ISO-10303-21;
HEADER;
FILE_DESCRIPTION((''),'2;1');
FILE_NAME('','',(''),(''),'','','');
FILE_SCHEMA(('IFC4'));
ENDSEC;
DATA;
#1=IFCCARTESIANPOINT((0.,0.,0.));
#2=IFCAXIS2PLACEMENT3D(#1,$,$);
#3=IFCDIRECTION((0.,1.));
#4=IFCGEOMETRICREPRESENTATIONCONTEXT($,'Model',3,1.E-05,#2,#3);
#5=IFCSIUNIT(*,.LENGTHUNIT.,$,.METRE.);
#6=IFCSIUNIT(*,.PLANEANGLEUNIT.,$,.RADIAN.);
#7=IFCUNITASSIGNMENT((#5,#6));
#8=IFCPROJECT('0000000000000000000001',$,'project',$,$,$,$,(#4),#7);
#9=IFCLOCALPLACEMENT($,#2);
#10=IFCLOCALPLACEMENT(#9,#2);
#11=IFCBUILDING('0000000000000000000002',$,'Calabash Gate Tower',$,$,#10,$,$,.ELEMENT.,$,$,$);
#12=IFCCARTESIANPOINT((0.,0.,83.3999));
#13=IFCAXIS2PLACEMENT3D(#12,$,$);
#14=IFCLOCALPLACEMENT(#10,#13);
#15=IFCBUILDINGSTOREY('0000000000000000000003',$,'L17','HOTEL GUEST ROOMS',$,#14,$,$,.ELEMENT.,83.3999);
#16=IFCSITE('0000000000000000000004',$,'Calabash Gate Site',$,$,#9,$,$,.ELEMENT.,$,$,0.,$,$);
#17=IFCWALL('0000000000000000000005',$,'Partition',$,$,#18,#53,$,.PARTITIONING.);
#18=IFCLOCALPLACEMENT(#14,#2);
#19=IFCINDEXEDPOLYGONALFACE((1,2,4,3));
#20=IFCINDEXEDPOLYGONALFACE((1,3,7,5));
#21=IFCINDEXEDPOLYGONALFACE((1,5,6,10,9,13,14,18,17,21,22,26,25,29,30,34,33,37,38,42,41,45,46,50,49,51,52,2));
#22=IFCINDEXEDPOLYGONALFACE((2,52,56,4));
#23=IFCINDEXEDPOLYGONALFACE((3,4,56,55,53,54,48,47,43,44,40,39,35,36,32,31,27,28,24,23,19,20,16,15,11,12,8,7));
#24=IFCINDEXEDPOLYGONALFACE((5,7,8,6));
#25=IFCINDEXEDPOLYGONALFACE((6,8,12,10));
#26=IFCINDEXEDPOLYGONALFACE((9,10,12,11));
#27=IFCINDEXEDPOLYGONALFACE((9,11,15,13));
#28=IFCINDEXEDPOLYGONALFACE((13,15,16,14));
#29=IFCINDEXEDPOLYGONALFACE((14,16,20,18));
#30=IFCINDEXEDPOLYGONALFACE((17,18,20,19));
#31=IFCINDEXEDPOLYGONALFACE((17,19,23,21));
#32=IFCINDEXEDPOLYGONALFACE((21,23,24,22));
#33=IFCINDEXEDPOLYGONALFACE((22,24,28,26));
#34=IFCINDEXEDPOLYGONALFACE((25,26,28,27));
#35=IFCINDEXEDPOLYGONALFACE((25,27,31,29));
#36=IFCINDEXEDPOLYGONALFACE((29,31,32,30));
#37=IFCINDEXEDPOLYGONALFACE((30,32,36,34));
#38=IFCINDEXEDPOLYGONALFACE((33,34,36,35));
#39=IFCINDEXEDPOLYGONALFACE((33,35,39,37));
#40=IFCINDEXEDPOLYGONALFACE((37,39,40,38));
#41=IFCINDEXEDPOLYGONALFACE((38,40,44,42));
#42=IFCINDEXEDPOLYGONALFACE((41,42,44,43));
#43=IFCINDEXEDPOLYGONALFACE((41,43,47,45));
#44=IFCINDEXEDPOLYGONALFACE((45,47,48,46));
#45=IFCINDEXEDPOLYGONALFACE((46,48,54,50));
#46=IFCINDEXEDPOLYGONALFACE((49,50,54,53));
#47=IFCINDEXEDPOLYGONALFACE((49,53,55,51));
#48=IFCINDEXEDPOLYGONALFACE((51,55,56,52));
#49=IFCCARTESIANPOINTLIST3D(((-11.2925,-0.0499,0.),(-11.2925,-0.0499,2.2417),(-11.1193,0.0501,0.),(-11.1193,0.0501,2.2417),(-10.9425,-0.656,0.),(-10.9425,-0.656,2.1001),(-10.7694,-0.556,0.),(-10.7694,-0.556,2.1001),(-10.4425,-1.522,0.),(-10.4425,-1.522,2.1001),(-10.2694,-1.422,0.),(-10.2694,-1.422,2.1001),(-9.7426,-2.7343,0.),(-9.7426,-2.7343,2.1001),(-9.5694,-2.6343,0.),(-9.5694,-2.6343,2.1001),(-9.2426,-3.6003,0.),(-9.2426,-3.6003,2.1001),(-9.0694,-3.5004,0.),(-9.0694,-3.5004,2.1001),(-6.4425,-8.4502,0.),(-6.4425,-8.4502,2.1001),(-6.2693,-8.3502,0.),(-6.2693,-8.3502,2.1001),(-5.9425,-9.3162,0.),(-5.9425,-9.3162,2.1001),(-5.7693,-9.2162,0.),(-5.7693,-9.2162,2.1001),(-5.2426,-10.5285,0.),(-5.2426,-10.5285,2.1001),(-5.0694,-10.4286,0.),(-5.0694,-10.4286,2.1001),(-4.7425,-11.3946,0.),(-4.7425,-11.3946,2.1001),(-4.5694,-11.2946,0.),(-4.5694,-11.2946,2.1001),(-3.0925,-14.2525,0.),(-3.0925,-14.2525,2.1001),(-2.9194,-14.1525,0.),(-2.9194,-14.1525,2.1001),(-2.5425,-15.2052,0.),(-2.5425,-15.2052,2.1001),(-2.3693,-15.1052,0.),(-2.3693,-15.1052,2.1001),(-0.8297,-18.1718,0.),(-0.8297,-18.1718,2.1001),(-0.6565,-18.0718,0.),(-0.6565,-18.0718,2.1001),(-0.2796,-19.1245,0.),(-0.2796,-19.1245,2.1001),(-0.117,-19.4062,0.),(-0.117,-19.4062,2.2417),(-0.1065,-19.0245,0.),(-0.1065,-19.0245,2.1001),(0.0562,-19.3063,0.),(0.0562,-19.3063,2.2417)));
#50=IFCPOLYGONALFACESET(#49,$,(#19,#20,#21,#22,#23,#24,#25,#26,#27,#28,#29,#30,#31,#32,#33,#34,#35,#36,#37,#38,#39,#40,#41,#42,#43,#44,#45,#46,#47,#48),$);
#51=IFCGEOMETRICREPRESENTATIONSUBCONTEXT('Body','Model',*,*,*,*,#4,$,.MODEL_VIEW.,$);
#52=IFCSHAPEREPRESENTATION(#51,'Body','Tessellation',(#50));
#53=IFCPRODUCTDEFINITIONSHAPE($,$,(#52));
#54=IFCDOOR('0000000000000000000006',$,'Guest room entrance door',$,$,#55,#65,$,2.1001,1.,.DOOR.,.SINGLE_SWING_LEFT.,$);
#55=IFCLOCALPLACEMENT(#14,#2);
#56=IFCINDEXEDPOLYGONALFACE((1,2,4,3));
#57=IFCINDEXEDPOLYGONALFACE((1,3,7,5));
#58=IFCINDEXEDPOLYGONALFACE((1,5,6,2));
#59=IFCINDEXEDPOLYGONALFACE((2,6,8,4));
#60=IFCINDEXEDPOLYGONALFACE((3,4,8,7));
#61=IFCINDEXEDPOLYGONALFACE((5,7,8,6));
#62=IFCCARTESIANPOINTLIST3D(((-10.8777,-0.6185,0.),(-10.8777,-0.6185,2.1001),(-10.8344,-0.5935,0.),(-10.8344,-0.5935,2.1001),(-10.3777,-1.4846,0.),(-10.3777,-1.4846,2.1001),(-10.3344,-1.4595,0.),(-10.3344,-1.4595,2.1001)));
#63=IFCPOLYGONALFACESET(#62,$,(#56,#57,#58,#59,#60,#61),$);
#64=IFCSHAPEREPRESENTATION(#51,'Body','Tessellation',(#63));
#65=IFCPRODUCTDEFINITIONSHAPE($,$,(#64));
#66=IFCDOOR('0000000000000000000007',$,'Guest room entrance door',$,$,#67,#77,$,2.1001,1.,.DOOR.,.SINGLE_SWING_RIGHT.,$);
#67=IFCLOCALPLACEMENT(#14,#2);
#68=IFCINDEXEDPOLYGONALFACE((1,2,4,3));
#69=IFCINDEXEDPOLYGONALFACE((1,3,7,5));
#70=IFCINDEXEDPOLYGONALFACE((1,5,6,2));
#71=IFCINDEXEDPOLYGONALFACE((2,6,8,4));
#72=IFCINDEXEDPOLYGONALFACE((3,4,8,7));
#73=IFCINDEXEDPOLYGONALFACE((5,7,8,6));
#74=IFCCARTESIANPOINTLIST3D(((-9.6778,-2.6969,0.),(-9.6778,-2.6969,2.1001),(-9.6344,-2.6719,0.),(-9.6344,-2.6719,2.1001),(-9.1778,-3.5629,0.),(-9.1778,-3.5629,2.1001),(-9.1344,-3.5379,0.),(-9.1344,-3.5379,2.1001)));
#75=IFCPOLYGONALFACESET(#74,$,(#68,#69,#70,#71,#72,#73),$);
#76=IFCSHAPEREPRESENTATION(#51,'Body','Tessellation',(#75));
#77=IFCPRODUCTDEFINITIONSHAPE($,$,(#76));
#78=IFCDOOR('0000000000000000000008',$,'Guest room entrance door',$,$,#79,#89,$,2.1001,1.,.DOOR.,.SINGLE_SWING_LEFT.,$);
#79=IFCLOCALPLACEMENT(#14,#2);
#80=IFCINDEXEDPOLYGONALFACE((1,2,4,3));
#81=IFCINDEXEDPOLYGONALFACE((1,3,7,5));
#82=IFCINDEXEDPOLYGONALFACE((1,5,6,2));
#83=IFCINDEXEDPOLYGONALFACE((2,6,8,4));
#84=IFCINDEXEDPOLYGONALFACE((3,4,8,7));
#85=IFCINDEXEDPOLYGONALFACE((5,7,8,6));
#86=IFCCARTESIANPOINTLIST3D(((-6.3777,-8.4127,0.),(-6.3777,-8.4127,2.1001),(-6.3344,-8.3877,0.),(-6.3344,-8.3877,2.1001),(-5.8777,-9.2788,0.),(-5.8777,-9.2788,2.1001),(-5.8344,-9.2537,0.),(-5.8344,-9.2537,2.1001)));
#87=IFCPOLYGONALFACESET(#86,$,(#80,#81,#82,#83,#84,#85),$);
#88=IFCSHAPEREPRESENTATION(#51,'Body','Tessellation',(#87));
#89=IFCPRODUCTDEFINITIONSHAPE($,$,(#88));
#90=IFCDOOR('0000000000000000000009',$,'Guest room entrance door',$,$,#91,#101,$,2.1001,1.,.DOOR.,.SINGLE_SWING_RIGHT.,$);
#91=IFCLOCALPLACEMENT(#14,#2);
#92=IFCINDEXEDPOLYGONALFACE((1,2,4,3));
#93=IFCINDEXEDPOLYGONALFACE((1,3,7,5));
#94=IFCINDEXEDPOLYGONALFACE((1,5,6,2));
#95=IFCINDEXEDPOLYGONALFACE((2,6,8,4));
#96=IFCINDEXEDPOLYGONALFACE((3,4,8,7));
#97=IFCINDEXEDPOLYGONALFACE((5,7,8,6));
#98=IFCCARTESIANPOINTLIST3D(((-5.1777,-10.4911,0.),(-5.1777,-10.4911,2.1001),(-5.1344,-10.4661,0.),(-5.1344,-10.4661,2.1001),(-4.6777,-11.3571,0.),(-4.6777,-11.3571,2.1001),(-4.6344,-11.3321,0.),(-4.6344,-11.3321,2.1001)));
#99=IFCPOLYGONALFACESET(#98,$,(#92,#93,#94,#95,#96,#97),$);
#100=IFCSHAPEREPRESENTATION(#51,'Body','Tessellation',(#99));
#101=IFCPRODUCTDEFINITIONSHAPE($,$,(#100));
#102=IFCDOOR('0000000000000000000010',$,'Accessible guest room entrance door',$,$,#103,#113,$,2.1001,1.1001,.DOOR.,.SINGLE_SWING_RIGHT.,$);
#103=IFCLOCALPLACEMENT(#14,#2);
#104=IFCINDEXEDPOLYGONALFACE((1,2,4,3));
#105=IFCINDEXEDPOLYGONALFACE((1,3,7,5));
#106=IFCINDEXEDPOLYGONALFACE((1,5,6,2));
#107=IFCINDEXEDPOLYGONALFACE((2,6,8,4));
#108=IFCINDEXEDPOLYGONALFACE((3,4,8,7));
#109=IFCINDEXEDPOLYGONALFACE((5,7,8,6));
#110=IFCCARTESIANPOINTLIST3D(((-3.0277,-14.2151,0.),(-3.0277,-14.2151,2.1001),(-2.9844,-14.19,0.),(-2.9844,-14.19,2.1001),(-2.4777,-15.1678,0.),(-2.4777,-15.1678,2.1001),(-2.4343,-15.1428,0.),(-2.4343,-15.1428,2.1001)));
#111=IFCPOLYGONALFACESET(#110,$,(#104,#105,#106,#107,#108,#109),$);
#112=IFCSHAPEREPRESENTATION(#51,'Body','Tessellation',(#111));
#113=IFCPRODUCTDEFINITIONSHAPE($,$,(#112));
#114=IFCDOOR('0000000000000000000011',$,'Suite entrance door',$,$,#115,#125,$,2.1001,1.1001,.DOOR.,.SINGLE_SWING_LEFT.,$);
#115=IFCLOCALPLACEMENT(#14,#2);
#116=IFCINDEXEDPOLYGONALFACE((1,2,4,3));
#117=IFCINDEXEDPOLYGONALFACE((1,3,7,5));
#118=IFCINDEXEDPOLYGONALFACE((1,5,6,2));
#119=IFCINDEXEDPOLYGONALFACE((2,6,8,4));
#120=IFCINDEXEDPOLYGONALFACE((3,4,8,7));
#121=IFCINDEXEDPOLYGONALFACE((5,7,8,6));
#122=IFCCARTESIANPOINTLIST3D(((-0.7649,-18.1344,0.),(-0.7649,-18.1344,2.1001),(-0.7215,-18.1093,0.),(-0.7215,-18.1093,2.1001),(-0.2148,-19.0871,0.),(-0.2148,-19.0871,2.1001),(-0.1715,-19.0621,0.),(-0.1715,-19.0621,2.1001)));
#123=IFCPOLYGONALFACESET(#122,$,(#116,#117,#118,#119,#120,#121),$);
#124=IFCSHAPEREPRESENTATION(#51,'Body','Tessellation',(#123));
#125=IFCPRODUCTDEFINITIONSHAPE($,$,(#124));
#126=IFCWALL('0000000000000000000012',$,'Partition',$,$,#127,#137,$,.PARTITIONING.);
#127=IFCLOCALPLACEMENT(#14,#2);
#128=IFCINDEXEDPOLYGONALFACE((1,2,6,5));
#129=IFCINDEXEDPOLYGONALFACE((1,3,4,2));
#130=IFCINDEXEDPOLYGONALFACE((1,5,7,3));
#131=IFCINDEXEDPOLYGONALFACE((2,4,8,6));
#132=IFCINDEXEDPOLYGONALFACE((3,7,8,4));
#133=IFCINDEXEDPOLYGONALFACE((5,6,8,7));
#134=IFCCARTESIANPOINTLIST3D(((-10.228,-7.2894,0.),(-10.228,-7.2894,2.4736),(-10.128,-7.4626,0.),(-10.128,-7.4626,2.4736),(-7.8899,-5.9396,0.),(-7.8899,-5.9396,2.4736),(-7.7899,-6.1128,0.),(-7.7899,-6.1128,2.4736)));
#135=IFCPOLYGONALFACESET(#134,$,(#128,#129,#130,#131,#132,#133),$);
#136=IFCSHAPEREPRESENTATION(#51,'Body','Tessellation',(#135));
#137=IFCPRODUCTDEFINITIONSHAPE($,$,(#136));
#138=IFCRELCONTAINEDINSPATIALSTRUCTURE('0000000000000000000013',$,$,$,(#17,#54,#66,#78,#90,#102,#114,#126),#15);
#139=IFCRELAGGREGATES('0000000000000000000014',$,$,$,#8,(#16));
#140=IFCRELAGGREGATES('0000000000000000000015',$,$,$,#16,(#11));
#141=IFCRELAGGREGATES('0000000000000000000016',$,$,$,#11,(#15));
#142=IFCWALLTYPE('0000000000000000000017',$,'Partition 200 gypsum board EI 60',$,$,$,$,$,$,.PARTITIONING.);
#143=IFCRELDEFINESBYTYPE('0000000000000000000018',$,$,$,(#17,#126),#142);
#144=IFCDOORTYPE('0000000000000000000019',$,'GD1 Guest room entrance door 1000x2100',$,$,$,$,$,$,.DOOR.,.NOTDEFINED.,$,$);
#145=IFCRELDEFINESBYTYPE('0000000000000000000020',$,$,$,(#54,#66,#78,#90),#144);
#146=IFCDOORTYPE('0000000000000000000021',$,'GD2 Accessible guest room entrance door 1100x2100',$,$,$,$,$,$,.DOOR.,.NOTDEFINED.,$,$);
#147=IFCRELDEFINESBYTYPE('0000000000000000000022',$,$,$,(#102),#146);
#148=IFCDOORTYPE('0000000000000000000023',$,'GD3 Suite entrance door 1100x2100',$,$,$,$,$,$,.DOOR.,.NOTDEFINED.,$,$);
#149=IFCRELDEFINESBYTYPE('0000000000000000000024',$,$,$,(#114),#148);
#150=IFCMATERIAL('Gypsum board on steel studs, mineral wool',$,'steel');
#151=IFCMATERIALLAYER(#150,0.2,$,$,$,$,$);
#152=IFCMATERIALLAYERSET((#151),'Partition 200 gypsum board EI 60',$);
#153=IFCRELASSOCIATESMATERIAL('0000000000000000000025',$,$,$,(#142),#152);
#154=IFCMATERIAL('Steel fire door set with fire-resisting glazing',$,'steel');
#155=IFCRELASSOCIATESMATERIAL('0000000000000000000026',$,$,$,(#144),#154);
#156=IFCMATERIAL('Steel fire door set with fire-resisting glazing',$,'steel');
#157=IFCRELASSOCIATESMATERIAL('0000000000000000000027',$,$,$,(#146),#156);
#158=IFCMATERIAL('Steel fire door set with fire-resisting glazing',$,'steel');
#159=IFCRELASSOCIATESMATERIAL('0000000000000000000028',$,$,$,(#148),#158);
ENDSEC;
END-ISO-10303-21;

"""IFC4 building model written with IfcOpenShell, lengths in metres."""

from ifc_helpers import new_model, si_unit, direction, frame, frame_2d, origin, place, context, subcontext, project, spatial, rectangle, extrude, material, layer, layer_set, type_object, element, fill, save


model = new_model("IFC4")

# Units and contexts
model_context = context("Model", 3, precision=1e-05, world=origin(), true_north=direction((0.0, 1.0)))
body_context = subcontext(model_context, "Body", "Model", "MODEL_VIEW")
ifc_project = project(units=[si_unit("LENGTHUNIT", "METRE"), si_unit("PLANEANGLEUNIT", "RADIAN")], contexts=[model_context])

# Site, building, storey
site_placement = place(None, origin())
site = spatial("IfcSite", under=ifc_project, at=site_placement, Name="Calabash Gate Site", CompositionType="ELEMENT", RefElevation=0.0)
building_placement = place(site_placement, origin())
building = spatial("IfcBuilding", under=site, at=building_placement, Name="Calabash Gate Tower", CompositionType="ELEMENT")
storey_placement = place(building_placement, frame((0.0, 0.0, 83.3999)))
storey = spatial("IfcBuildingStorey", under=building, at=storey_placement, Name="L17", Description="HOTEL GUEST ROOMS", CompositionType="ELEMENT", Elevation=83.3999)

# Wall, openings, doors
ifc_material_1 = material(Name="Gypsum board on steel studs, mineral wool", Category="steel")
ifc_layer_1 = layer(ifc_material_1, 0.2)
ifc_layer_set_1 = layer_set([ifc_layer_1], Name="Partition 200 gypsum board EI 60")
wall_type_1 = type_object("IfcWallType", Name="Partition 200 gypsum board EI 60", PredefinedType="PARTITIONING", material=ifc_layer_set_1)
wall_1_placement = place(storey_placement, frame((-11.2058, 0.0, 0.0), z_axis=(0.0, 0.0, 1.0), x_axis=(0.500003, -0.866024, 0.0)))
wall_1 = element("IfcWall", 1, at=wall_1_placement, inside=storey, type_object=wall_type_1, Name="Partition", PredefinedType="PARTITIONING", context=body_context, shape_type="SweptSolid", body=[
    extrude(rectangle(XDim=22.3508, YDim=0.2, at=frame_2d((11.1753, 0.0))), origin(), (0.0, 0.0, 1.0), 2.2417),
])
opening_1_placement = place(wall_1_placement, frame((0.6997, 0.0, 0.0)))
opening_1 = element("IfcOpeningElement", 2, at=opening_1_placement, cuts=wall_1, PredefinedType="OPENING", context=body_context, shape_type="SweptSolid", body=[
    extrude(rectangle(XDim=1.0, YDim=2.1001, at=frame_2d((0.5, 1.05))), frame((0.0, 0.1099, 0.0), z_axis=(0.0, -1.0, 0.0), x_axis=(1.0, 0.0, 0.0)), (0.0, 0.0, 1.0), 0.22),
])
opening_2_placement = place(wall_1_placement, frame((3.0996, 0.0, 0.0)))
opening_2 = element("IfcOpeningElement", 3, at=opening_2_placement, cuts=wall_1, PredefinedType="OPENING", context=body_context, shape_type="SweptSolid", body=[
    extrude(rectangle(XDim=1.0, YDim=2.1001, at=frame_2d((0.5, 1.05))), frame((0.0, 0.1099, 0.0), z_axis=(0.0, -1.0, 0.0), x_axis=(1.0, 0.0, 0.0)), (0.0, 0.0, 1.0), 0.22),
])
opening_3_placement = place(wall_1_placement, frame((9.6997, 0.0, 0.0)))
opening_3 = element("IfcOpeningElement", 4, at=opening_3_placement, cuts=wall_1, PredefinedType="OPENING", context=body_context, shape_type="SweptSolid", body=[
    extrude(rectangle(XDim=1.0, YDim=2.1001, at=frame_2d((0.5, 1.05))), frame((0.0, 0.1099, 0.0), z_axis=(0.0, -1.0, 0.0), x_axis=(1.0, 0.0, 0.0)), (0.0, 0.0, 1.0), 0.22),
])
opening_4_placement = place(wall_1_placement, frame((12.0996, 0.0, 0.0)))
opening_4 = element("IfcOpeningElement", 5, at=opening_4_placement, cuts=wall_1, PredefinedType="OPENING", context=body_context, shape_type="SweptSolid", body=[
    extrude(rectangle(XDim=1.0, YDim=2.1001, at=frame_2d((0.5, 1.05))), frame((0.0, 0.1099, 0.0), z_axis=(0.0, -1.0, 0.0), x_axis=(1.0, 0.0, 0.0)), (0.0, 0.0, 1.0), 0.22),
])
opening_5_placement = place(wall_1_placement, frame((16.3997, 0.0, 0.0)))
opening_5 = element("IfcOpeningElement", 6, at=opening_5_placement, cuts=wall_1, PredefinedType="OPENING", context=body_context, shape_type="SweptSolid", body=[
    extrude(rectangle(XDim=1.1001, YDim=2.1001, at=frame_2d((0.55, 1.05))), frame((0.0, 0.1099, 0.0), z_axis=(0.0, -1.0, 0.0), x_axis=(1.0, 0.0, 0.0)), (0.0, 0.0, 1.0), 0.22),
])
opening_6_placement = place(wall_1_placement, frame((20.9253, 0.0, 0.0)))
opening_6 = element("IfcOpeningElement", 7, at=opening_6_placement, cuts=wall_1, PredefinedType="OPENING", context=body_context, shape_type="SweptSolid", body=[
    extrude(rectangle(XDim=1.1001, YDim=2.1001, at=frame_2d((0.55, 1.05))), frame((0.0, 0.1099, 0.0), z_axis=(0.0, -1.0, 0.0), x_axis=(1.0, 0.0, 0.0)), (0.0, 0.0, 1.0), 0.22),
])
ifc_material_2 = material(Name="Steel fire door set with fire-resisting glazing", Category="steel")
door_type_1 = type_object("IfcDoorType", Name="GD1 Guest room entrance door 1000x2100", OperationType="NOTDEFINED", PredefinedType="DOOR", material=ifc_material_2)
door_1_placement = place(opening_1_placement, origin())
door_1 = element("IfcDoor", 8, at=door_1_placement, inside=storey, type_object=door_type_1, Name="Guest room entrance door", OperationType="SINGLE_SWING_LEFT", OverallHeight=2.1001, OverallWidth=1.0, PredefinedType="DOOR", context=body_context, shape_type="SweptSolid", body=[
    extrude(rectangle(XDim=1.0, YDim=2.1001, at=frame_2d((0.5, 1.05))), frame((0.0, 0.0249, 0.0), z_axis=(0.0, -1.0, 0.0), x_axis=(1.0, 0.0, 0.0)), (0.0, 0.0, 1.0), 0.05),
])
fill(opening_1, door_1)
door_2_placement = place(opening_2_placement, origin())
door_2 = element("IfcDoor", 9, at=door_2_placement, inside=storey, type_object=door_type_1, Name="Guest room entrance door", OperationType="SINGLE_SWING_RIGHT", OverallHeight=2.1001, OverallWidth=1.0, PredefinedType="DOOR", context=body_context, shape_type="SweptSolid", body=[
    extrude(rectangle(XDim=1.0, YDim=2.1001, at=frame_2d((0.5, 1.05))), frame((0.0, 0.0249, 0.0), z_axis=(0.0, -1.0, 0.0), x_axis=(1.0, 0.0, 0.0)), (0.0, 0.0, 1.0), 0.05),
])
fill(opening_2, door_2)
door_3_placement = place(opening_3_placement, origin())
door_3 = element("IfcDoor", 10, at=door_3_placement, inside=storey, type_object=door_type_1, Name="Guest room entrance door", OperationType="SINGLE_SWING_LEFT", OverallHeight=2.1001, OverallWidth=1.0, PredefinedType="DOOR", context=body_context, shape_type="SweptSolid", body=[
    extrude(rectangle(XDim=1.0, YDim=2.1001, at=frame_2d((0.5, 1.05))), frame((0.0, 0.0249, 0.0), z_axis=(0.0, -1.0, 0.0), x_axis=(1.0, 0.0, 0.0)), (0.0, 0.0, 1.0), 0.05),
])
fill(opening_3, door_3)
door_4_placement = place(opening_4_placement, origin())
door_4 = element("IfcDoor", 11, at=door_4_placement, inside=storey, type_object=door_type_1, Name="Guest room entrance door", OperationType="SINGLE_SWING_RIGHT", OverallHeight=2.1001, OverallWidth=1.0, PredefinedType="DOOR", context=body_context, shape_type="SweptSolid", body=[
    extrude(rectangle(XDim=1.0, YDim=2.1001, at=frame_2d((0.5, 1.05))), frame((0.0, 0.0249, 0.0), z_axis=(0.0, -1.0, 0.0), x_axis=(1.0, 0.0, 0.0)), (0.0, 0.0, 1.0), 0.05),
])
fill(opening_4, door_4)
ifc_material_3 = material(Name="Steel fire door set with fire-resisting glazing", Category="steel")
door_type_2 = type_object("IfcDoorType", Name="GD2 Accessible guest room entrance door 1100x2100", OperationType="NOTDEFINED", PredefinedType="DOOR", material=ifc_material_3)
door_5_placement = place(opening_5_placement, origin())
door_5 = element("IfcDoor", 12, at=door_5_placement, inside=storey, type_object=door_type_2, Name="Accessible guest room entrance door", OperationType="SINGLE_SWING_RIGHT", OverallHeight=2.1001, OverallWidth=1.1001, PredefinedType="DOOR", context=body_context, shape_type="SweptSolid", body=[
    extrude(rectangle(XDim=1.1001, YDim=2.1001, at=frame_2d((0.55, 1.05))), frame((0.0, 0.0249, 0.0), z_axis=(0.0, -1.0, 0.0), x_axis=(1.0, 0.0, 0.0)), (0.0, 0.0, 1.0), 0.05),
])
fill(opening_5, door_5)
ifc_material_4 = material(Name="Steel fire door set with fire-resisting glazing", Category="steel")
door_type_3 = type_object("IfcDoorType", Name="GD3 Suite entrance door 1100x2100", OperationType="NOTDEFINED", PredefinedType="DOOR", material=ifc_material_4)
door_6_placement = place(opening_6_placement, origin())
door_6 = element("IfcDoor", 13, at=door_6_placement, inside=storey, type_object=door_type_3, Name="Suite entrance door", OperationType="SINGLE_SWING_LEFT", OverallHeight=2.1001, OverallWidth=1.1001, PredefinedType="DOOR", context=body_context, shape_type="SweptSolid", body=[
    extrude(rectangle(XDim=1.1001, YDim=2.1001, at=frame_2d((0.55, 1.05))), frame((0.0, 0.0249, 0.0), z_axis=(0.0, -1.0, 0.0), x_axis=(1.0, 0.0, 0.0)), (0.0, 0.0, 1.0), 0.05),
])
fill(opening_6, door_6)

# Wall
wall_2_placement = place(storey_placement, frame((-10.178, -7.376, 0.0), z_axis=(0.0, 0.0, 1.0), x_axis=(0.866037, 0.499981, 0.0)))
element("IfcWall", 14, at=wall_2_placement, inside=storey, type_object=wall_type_1, Name="Partition", PredefinedType="PARTITIONING", context=body_context, shape_type="SweptSolid", body=[
    extrude(rectangle(XDim=2.6997, YDim=0.2, at=frame_2d((1.3499, 0.0))), origin(), (0.0, 0.0, 1.0), 2.4736),
])

save(model, "model.ifc")
